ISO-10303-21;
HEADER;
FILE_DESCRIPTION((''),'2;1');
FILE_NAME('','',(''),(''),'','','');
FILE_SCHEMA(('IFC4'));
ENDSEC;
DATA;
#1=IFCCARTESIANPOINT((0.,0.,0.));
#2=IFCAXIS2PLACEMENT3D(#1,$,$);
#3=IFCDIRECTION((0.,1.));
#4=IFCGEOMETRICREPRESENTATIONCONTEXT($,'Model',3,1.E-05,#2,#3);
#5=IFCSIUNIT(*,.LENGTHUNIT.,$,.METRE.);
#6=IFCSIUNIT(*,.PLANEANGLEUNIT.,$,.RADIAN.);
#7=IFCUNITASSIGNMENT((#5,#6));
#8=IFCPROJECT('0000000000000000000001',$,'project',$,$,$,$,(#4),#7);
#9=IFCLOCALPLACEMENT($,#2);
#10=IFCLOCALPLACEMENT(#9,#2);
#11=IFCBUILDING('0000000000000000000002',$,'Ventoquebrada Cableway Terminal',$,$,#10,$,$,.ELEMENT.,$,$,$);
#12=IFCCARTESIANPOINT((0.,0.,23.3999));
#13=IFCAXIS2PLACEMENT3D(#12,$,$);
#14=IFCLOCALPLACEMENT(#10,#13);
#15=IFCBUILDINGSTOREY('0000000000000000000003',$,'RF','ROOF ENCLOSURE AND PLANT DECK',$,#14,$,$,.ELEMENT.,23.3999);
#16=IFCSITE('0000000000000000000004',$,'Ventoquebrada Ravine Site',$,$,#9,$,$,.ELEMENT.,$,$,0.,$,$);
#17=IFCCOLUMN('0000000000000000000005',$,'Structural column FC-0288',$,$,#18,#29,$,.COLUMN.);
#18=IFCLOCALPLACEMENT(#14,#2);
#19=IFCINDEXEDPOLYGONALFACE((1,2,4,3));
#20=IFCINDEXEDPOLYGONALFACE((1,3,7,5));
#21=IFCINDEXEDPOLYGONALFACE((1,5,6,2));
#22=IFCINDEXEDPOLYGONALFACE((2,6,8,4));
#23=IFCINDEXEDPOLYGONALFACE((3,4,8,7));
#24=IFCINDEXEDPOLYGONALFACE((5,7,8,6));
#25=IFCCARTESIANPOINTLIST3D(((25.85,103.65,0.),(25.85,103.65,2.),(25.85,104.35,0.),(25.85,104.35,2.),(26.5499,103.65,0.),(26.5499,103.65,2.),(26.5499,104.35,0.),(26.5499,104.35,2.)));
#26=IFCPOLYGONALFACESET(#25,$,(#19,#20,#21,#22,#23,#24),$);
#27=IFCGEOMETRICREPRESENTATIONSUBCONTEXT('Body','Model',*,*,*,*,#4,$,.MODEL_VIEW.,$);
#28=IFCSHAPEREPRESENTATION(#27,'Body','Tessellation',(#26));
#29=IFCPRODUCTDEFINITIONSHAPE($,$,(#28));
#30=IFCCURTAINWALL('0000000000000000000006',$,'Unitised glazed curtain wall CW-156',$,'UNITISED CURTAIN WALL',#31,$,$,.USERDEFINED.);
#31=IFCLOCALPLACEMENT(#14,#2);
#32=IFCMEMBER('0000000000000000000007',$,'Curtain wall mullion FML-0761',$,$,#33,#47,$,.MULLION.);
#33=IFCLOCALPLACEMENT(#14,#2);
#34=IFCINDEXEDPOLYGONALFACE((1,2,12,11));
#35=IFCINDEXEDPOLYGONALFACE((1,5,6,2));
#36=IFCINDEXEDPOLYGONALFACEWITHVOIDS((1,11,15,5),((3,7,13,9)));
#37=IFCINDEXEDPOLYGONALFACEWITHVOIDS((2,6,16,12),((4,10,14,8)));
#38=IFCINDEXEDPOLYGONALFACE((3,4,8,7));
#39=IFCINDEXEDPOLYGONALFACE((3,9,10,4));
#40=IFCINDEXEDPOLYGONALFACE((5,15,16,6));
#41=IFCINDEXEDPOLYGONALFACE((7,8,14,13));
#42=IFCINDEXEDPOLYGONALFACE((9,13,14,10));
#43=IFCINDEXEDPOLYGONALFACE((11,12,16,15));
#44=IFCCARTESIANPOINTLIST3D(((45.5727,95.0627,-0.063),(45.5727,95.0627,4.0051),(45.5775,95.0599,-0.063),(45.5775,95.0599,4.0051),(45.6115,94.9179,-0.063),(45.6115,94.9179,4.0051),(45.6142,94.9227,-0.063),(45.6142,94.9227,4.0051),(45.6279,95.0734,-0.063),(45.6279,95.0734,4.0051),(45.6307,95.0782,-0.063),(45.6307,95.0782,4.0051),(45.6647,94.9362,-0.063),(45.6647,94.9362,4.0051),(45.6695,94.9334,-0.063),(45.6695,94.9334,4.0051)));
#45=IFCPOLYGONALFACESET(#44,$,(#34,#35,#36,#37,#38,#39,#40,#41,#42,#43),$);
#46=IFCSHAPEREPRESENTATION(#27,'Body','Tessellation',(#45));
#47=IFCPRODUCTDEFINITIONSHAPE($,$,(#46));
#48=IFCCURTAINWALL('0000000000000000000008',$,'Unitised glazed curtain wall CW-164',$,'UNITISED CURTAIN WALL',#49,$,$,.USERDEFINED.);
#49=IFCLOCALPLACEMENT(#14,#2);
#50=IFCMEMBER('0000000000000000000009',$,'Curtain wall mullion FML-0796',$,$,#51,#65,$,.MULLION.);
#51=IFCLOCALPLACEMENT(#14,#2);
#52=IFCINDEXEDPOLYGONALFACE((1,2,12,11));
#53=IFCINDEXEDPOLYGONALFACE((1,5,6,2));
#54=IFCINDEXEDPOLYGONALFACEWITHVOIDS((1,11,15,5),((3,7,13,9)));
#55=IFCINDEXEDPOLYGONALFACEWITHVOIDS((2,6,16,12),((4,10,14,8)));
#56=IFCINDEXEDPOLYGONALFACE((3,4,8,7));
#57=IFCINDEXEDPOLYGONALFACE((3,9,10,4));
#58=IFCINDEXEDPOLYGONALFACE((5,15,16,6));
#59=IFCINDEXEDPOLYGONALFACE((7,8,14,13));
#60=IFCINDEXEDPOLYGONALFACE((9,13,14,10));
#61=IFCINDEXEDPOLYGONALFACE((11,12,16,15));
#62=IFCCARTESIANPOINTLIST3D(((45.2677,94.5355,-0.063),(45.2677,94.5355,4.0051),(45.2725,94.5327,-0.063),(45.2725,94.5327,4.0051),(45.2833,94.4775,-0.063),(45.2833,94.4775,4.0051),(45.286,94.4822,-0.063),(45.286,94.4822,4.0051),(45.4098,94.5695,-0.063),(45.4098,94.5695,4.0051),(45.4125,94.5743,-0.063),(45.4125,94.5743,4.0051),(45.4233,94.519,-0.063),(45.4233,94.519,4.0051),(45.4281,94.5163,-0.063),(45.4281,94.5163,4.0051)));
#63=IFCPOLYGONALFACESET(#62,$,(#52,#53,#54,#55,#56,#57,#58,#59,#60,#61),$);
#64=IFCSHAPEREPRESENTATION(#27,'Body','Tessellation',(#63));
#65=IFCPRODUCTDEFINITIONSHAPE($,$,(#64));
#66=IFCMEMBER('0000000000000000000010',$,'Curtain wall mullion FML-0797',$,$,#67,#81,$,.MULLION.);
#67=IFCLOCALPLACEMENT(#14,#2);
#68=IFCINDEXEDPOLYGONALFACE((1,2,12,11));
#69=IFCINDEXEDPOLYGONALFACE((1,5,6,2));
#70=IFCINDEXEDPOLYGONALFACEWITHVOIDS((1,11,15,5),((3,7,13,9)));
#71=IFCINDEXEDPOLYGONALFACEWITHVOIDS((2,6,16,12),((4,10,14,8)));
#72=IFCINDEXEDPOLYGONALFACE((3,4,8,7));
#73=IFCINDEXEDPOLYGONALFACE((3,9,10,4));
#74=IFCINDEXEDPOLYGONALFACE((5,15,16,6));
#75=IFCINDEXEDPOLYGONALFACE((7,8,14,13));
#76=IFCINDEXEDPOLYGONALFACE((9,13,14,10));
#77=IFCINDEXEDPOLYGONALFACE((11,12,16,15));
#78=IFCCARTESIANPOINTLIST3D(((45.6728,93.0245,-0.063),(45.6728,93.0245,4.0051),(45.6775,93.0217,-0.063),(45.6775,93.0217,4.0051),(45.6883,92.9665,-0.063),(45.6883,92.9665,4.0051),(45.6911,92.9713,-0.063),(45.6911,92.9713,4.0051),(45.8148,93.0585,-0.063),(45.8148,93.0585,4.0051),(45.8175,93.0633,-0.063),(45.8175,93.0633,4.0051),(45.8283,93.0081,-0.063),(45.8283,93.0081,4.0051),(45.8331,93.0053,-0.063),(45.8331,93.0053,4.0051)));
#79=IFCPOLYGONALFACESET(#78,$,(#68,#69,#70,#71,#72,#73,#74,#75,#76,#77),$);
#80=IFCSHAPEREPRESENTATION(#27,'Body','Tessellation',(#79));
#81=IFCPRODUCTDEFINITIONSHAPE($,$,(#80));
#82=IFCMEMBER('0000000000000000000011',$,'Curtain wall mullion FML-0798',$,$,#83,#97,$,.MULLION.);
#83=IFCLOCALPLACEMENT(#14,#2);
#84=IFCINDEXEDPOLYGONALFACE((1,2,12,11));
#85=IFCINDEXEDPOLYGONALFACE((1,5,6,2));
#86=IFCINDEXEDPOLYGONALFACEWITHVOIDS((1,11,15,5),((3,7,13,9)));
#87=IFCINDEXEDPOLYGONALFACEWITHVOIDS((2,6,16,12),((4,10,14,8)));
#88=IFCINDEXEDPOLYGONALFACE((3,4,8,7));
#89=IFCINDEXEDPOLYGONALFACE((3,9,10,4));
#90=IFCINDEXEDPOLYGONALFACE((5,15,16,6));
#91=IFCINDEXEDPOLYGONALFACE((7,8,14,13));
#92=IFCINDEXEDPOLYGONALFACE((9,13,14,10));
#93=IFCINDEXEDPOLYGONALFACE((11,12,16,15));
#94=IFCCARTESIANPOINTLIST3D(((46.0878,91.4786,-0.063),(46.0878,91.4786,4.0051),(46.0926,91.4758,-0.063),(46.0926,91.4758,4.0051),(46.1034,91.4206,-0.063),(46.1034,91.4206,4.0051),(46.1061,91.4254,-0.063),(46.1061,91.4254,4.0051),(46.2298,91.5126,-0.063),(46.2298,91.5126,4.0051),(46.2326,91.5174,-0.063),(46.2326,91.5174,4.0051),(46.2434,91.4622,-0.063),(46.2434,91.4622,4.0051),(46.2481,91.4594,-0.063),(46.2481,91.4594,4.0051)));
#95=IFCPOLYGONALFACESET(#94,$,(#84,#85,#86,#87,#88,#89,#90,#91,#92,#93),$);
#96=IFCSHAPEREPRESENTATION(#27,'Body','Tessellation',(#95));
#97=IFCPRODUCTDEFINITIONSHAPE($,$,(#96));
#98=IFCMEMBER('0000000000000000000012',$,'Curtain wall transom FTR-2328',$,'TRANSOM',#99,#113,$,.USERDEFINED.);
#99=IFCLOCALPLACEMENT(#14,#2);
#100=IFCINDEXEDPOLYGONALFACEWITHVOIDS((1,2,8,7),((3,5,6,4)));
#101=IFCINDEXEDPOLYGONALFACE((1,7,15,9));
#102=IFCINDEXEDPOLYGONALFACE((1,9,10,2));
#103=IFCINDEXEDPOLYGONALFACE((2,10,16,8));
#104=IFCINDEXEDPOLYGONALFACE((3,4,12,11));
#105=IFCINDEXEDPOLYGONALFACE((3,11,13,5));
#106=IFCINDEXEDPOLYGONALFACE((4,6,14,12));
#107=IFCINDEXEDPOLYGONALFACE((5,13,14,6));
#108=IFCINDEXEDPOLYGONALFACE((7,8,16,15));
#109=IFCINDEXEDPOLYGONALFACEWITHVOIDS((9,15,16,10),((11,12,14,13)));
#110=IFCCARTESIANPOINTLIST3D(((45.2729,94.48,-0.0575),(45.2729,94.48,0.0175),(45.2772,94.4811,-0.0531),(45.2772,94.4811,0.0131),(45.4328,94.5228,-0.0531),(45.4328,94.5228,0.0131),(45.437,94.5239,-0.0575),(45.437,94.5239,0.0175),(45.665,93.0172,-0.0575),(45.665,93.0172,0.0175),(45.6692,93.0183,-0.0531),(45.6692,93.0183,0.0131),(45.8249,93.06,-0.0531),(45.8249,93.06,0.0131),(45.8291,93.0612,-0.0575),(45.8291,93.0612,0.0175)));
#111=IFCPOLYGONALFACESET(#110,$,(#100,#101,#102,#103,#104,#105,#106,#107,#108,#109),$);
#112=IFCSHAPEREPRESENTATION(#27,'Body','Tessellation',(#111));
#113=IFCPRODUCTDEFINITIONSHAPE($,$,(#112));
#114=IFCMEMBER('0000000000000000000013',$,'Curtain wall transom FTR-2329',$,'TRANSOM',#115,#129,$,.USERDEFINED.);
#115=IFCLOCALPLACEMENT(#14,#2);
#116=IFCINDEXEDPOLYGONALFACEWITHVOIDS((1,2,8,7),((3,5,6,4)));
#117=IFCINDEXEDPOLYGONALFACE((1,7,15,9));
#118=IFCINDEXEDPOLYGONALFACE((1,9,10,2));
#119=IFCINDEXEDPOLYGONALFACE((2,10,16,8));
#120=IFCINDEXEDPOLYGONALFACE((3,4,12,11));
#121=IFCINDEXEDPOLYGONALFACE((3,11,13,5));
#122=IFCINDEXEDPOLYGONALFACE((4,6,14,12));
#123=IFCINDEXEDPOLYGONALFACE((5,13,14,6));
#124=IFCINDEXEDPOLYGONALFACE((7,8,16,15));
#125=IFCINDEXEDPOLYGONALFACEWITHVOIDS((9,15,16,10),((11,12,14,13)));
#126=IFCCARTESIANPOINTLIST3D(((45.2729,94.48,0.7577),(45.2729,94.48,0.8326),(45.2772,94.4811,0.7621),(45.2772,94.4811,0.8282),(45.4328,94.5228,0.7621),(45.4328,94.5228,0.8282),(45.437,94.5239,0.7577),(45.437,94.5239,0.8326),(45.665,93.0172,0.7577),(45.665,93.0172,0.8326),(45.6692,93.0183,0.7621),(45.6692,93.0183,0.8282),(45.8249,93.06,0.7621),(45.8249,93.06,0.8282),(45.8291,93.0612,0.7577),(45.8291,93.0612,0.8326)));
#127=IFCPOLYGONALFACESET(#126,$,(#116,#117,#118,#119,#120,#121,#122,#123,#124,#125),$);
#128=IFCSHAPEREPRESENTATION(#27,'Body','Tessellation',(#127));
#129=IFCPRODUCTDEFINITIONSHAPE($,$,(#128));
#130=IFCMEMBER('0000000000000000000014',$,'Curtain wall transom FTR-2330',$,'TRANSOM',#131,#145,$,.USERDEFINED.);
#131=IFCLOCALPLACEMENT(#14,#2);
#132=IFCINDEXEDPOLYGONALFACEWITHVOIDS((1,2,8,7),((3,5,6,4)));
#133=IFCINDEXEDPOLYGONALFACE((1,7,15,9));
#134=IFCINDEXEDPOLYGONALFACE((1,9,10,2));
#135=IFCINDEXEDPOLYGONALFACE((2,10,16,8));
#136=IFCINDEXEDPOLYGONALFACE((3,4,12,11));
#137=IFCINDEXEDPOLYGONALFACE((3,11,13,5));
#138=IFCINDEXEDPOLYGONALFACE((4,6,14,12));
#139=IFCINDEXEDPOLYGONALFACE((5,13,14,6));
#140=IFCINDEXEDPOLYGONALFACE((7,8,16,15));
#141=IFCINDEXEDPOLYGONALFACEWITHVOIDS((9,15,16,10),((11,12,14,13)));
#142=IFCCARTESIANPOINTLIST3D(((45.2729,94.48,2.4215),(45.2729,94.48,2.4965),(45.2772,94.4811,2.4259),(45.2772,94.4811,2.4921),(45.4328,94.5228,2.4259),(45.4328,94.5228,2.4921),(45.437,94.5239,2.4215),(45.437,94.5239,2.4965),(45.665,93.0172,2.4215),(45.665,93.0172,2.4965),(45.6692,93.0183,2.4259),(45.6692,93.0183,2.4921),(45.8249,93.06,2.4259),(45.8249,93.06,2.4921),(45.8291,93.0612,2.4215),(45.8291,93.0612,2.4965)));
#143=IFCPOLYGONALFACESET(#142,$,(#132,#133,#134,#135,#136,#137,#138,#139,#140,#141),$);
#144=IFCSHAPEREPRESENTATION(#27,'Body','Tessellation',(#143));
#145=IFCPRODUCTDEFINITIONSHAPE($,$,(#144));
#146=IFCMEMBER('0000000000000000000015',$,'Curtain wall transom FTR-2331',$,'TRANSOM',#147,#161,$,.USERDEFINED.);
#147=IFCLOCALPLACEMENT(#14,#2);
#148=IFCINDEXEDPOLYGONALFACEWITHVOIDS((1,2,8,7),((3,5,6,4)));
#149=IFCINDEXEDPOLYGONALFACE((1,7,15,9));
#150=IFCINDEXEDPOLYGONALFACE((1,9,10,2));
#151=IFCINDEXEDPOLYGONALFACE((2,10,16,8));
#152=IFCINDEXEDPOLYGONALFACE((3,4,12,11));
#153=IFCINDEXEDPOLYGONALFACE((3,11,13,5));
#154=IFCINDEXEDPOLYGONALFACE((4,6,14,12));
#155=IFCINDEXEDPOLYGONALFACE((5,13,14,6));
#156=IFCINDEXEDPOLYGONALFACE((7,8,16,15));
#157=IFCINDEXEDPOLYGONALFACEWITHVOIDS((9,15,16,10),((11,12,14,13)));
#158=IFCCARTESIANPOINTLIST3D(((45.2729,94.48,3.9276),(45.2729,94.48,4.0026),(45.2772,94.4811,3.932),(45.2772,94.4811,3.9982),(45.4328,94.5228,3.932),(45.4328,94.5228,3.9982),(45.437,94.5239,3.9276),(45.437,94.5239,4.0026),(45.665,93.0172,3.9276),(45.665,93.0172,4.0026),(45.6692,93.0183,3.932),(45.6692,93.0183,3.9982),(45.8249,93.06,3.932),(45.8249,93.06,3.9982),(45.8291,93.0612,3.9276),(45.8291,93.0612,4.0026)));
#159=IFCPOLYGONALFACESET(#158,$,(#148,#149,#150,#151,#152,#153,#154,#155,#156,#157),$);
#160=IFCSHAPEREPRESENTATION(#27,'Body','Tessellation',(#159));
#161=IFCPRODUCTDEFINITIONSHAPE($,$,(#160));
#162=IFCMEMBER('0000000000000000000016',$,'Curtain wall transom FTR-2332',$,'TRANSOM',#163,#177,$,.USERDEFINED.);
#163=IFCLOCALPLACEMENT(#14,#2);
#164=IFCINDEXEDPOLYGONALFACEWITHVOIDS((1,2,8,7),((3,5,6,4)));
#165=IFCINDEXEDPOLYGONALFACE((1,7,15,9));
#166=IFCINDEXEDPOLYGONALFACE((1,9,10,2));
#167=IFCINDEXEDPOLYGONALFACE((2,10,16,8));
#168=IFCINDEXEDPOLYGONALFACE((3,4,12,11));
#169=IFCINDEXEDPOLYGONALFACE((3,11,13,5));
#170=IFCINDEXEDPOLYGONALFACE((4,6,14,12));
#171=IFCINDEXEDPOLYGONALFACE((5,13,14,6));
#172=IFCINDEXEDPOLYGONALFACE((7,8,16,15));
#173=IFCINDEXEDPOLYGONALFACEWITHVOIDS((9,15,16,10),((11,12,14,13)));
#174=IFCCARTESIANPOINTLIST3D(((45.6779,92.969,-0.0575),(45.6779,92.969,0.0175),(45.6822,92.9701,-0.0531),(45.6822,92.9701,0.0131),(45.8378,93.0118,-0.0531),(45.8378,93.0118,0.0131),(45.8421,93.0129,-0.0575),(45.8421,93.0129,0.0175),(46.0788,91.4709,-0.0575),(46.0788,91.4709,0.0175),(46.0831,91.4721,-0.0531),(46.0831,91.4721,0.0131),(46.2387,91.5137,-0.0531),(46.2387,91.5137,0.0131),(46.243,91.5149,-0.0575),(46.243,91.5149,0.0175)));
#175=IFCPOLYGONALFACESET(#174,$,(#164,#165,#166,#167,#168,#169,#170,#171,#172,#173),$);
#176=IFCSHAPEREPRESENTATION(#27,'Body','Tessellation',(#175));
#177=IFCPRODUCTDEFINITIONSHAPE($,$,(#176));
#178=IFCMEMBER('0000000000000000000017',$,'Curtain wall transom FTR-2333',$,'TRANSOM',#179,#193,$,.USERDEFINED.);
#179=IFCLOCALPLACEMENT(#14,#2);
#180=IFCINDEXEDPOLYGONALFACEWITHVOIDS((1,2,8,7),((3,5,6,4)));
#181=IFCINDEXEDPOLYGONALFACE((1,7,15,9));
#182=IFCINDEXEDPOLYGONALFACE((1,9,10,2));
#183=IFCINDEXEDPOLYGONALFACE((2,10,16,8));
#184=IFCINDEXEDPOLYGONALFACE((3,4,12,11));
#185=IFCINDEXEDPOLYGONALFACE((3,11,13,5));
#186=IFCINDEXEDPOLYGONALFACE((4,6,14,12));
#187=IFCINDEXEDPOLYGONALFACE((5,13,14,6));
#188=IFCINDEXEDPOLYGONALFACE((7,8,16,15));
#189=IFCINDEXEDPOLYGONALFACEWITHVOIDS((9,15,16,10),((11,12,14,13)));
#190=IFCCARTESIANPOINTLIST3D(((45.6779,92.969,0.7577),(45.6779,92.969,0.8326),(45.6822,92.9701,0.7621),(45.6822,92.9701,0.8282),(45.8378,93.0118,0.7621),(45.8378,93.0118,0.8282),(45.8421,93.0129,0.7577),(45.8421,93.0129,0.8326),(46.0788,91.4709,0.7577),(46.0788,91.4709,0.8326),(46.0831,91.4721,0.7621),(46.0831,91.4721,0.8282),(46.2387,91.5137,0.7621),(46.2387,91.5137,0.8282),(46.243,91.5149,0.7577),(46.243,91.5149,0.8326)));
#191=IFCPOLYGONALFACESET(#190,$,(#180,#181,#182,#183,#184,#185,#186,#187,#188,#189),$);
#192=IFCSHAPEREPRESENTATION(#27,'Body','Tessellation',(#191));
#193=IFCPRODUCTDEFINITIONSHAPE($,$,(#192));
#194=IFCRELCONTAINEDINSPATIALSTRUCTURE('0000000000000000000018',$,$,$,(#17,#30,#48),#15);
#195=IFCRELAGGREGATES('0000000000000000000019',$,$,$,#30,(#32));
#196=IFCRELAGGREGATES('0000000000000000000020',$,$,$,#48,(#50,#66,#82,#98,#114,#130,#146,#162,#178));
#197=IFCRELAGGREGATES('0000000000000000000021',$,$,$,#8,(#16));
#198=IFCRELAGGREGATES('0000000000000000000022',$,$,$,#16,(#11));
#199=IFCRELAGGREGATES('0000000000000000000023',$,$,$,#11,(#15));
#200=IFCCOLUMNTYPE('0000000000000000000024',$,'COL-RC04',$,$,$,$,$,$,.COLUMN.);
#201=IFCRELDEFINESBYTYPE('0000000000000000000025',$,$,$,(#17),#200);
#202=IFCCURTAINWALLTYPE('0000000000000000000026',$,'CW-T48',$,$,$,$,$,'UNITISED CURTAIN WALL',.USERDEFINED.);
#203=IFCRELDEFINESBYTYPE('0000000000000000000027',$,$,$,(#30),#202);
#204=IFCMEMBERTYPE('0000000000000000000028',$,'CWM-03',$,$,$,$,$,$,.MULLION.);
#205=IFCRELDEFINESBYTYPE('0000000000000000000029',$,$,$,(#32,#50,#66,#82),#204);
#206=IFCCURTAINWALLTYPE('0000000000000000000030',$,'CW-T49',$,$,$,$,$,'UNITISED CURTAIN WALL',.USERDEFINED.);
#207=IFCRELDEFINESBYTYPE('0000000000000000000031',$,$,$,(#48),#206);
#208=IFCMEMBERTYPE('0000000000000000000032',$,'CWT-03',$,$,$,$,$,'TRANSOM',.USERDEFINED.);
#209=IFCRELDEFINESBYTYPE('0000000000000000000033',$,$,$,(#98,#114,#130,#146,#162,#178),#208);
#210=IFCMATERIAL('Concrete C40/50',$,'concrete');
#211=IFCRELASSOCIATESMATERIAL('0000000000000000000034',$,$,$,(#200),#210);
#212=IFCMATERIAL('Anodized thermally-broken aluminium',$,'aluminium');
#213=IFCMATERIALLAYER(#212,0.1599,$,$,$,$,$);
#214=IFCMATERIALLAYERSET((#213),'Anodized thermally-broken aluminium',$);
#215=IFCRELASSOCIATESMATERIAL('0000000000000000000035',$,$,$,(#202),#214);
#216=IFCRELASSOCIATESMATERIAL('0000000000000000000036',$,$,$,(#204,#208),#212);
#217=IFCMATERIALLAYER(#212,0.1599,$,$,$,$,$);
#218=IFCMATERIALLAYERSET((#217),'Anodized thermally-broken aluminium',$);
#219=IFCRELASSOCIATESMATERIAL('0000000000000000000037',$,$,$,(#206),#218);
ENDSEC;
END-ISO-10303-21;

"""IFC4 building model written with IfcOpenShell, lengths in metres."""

from ifc_helpers import new_model, si_unit, direction, frame, origin, origin_2d, place, context, subcontext, project, spatial, rectangle, hollow_rectangle, extrude, material, layer, layer_set, material_profile, profile_set, type_object, element, aggregate, save


model = new_model("IFC4")

# Units and contexts
model_context = context("Model", 3, precision=1e-05, world=origin(), true_north=direction((0.0, 1.0)))
body_context = subcontext(model_context, "Body", "Model", "MODEL_VIEW")
ifc_project = project(units=[si_unit("LENGTHUNIT", "METRE"), si_unit("PLANEANGLEUNIT", "RADIAN")], contexts=[model_context])

# Site, building, storey
site_placement = place(None, origin())
site = spatial("IfcSite", under=ifc_project, at=site_placement, Name="Ventoquebrada Ravine Site", CompositionType="ELEMENT", RefElevation=0.0)
building_placement = place(site_placement, origin())
building = spatial("IfcBuilding", under=site, at=building_placement, Name="Ventoquebrada Cableway Terminal", CompositionType="ELEMENT")
storey_placement = place(building_placement, frame((0.0, 0.0, 23.3999)))
storey = spatial("IfcBuildingStorey", under=building, at=storey_placement, Name="RF", Description="ROOF ENCLOSURE AND PLANT DECK", CompositionType="ELEMENT", Elevation=23.3999)

# Column
ifc_material_1 = material(Name="Concrete C40/50", Category="concrete")
ifc_material_profile_1 = material_profile(ifc_material_1, rectangle(XDim=0.7, YDim=0.7, at=origin_2d()), Name="RC-COL-700X700")
ifc_profile_set_1 = profile_set([ifc_material_profile_1], Name="Concrete C40/50")
column_type = type_object("IfcColumnType", Name="COL-RC04", PredefinedType="COLUMN", material=ifc_profile_set_1)
column_placement = place(storey_placement, frame((26.2, 104.0, 0.0), z_axis=(0.0, 0.0, 1.0), x_axis=(1.0, 0.0, 0.0)))
element("IfcColumn", 1, at=column_placement, inside=storey, type_object=column_type, Name="Structural column FC-0288", PredefinedType="COLUMN", context=body_context, shape_type="SweptSolid", body=[
    extrude(rectangle(XDim=0.7, YDim=0.7, at=origin_2d()), origin(), (0.0, 0.0, 1.0), 2.0),
])

# Curtain wall, member
ifc_material_2 = material(Name="Anodized thermally-broken aluminium", Category="aluminium")
ifc_layer_1 = layer(ifc_material_2, 0.1599)
ifc_layer_set_1 = layer_set([ifc_layer_1], Name="Anodized thermally-broken aluminium")
curtain_wall_type_1 = type_object("IfcCurtainWallType", Name="CW-T48", ElementType="UNITISED CURTAIN WALL", PredefinedType="USERDEFINED", material=ifc_layer_set_1)
curtain_wall_1_placement = place(storey_placement, origin())
curtain_wall_1 = element("IfcCurtainWall", 2, at=curtain_wall_1_placement, inside=storey, type_object=curtain_wall_type_1, Name="Unitised glazed curtain wall CW-156", ObjectType="UNITISED CURTAIN WALL", PredefinedType="USERDEFINED")
ifc_material_profile_2 = material_profile(ifc_material_2, hollow_rectangle(XDim=0.0601, YDim=0.1499, WallThickness=0.0039, at=origin_2d()), Name="CW-MUL-60X150")
ifc_profile_set_2 = profile_set([ifc_material_profile_2], Name="Anodized thermally-broken aluminium")
member_type_1 = type_object("IfcMemberType", Name="CWM-03", PredefinedType="MULLION", material=ifc_profile_set_2)
member_1_placement = place(storey_placement, frame((45.6211, 94.998, -0.063), z_axis=(0.0, 0.0, 1.0), x_axis=(-0.965935, -0.258785, 0.0)))
member_1 = element("IfcMember", 3, at=member_1_placement, type_object=member_type_1, Name="Curtain wall mullion FML-0761", PredefinedType="MULLION", context=body_context, shape_type="SweptSolid", body=[
    extrude(hollow_rectangle(XDim=0.0601, YDim=0.1499, WallThickness=0.0039, at=origin_2d()), origin(), (0.0, 0.0, 1.0), 4.0681),
])
aggregate(curtain_wall_1, [member_1])

# Curtain wall, members
ifc_layer_2 = layer(ifc_material_2, 0.1599)
ifc_layer_set_2 = layer_set([ifc_layer_2], Name="Anodized thermally-broken aluminium")
curtain_wall_type_2 = type_object("IfcCurtainWallType", Name="CW-T49", ElementType="UNITISED CURTAIN WALL", PredefinedType="USERDEFINED", material=ifc_layer_set_2)
curtain_wall_2_placement = place(storey_placement, origin())
curtain_wall_2 = element("IfcCurtainWall", 4, at=curtain_wall_2_placement, inside=storey, type_object=curtain_wall_type_2, Name="Unitised glazed curtain wall CW-164", ObjectType="UNITISED CURTAIN WALL", PredefinedType="USERDEFINED")
member_2_placement = place(storey_placement, frame((45.3479, 94.5259, -0.063), z_axis=(0.0, 0.0, 1.0), x_axis=(0.258971, -0.965885, 0.0)))
member_2 = element("IfcMember", 5, at=member_2_placement, type_object=member_type_1, Name="Curtain wall mullion FML-0796", PredefinedType="MULLION", context=body_context, shape_type="SweptSolid", body=[
    extrude(hollow_rectangle(XDim=0.0601, YDim=0.1499, WallThickness=0.0039, at=origin_2d()), origin(), (0.0, 0.0, 1.0), 4.0681),
])
member_3_placement = place(storey_placement, frame((45.7529, 93.0149, -0.063), z_axis=(0.0, 0.0, 1.0), x_axis=(0.258971, -0.965885, 0.0)))
member_3 = element("IfcMember", 6, at=member_3_placement, type_object=member_type_1, Name="Curtain wall mullion FML-0797", PredefinedType="MULLION", context=body_context, shape_type="SweptSolid", body=[
    extrude(hollow_rectangle(XDim=0.0601, YDim=0.1499, WallThickness=0.0039, at=origin_2d()), origin(), (0.0, 0.0, 1.0), 4.0681),
])
member_4_placement = place(storey_placement, frame((46.168, 91.469, -0.063), z_axis=(0.0, 0.0, 1.0), x_axis=(0.258971, -0.965885, 0.0)))
member_4 = element("IfcMember", 7, at=member_4_placement, type_object=member_type_1, Name="Curtain wall mullion FML-0798", PredefinedType="MULLION", context=body_context, shape_type="SweptSolid", body=[
    extrude(hollow_rectangle(XDim=0.0601, YDim=0.1499, WallThickness=0.0039, at=origin_2d()), origin(), (0.0, 0.0, 1.0), 4.0681),
])
ifc_material_profile_3 = material_profile(ifc_material_2, hollow_rectangle(XDim=0.075, YDim=0.1699, WallThickness=0.0044, at=origin_2d()), Name="CW-TRN-75X170")
ifc_profile_set_3 = profile_set([ifc_material_profile_3], Name="Anodized thermally-broken aluminium")
member_type_2 = type_object("IfcMemberType", Name="CWT-03", ElementType="TRANSOM", PredefinedType="USERDEFINED", material=ifc_profile_set_3)
member_5_placement = place(storey_placement, frame((45.355, 94.502, -0.02), z_axis=(0.258886, -0.965908, 0.0), x_axis=(0.0, 0.0, 1.0)))
member_5 = element("IfcMember", 8, at=member_5_placement, type_object=member_type_2, Name="Curtain wall transom FTR-2328", ObjectType="TRANSOM", PredefinedType="USERDEFINED", context=body_context, shape_type="SweptSolid", body=[
    extrude(hollow_rectangle(XDim=0.075, YDim=0.1699, WallThickness=0.0044, at=origin_2d()), origin(), (0.0, 0.0, 1.0), 1.5144),
])
member_6_placement = place(storey_placement, frame((45.355, 94.502, 0.7952), z_axis=(0.258886, -0.965908, 0.0), x_axis=(0.0, 0.0, 1.0)))
member_6 = element("IfcMember", 9, at=member_6_placement, type_object=member_type_2, Name="Curtain wall transom FTR-2329", ObjectType="TRANSOM", PredefinedType="USERDEFINED", context=body_context, shape_type="SweptSolid", body=[
    extrude(hollow_rectangle(XDim=0.075, YDim=0.1699, WallThickness=0.0044, at=origin_2d()), origin(), (0.0, 0.0, 1.0), 1.5144),
])
member_7_placement = place(storey_placement, frame((45.355, 94.502, 2.459), z_axis=(0.258886, -0.965908, 0.0), x_axis=(0.0, 0.0, 1.0)))
member_7 = element("IfcMember", 10, at=member_7_placement, type_object=member_type_2, Name="Curtain wall transom FTR-2330", ObjectType="TRANSOM", PredefinedType="USERDEFINED", context=body_context, shape_type="SweptSolid", body=[
    extrude(hollow_rectangle(XDim=0.075, YDim=0.1699, WallThickness=0.0044, at=origin_2d()), origin(), (0.0, 0.0, 1.0), 1.5144),
])
member_8_placement = place(storey_placement, frame((45.355, 94.502, 3.9651), z_axis=(0.258886, -0.965908, 0.0), x_axis=(0.0, 0.0, 1.0)))
member_8 = element("IfcMember", 11, at=member_8_placement, type_object=member_type_2, Name="Curtain wall transom FTR-2331", ObjectType="TRANSOM", PredefinedType="USERDEFINED", context=body_context, shape_type="SweptSolid", body=[
    extrude(hollow_rectangle(XDim=0.075, YDim=0.1699, WallThickness=0.0044, at=origin_2d()), origin(), (0.0, 0.0, 1.0), 1.5144),
])
member_9_placement = place(storey_placement, frame((45.76, 92.991, -0.02), z_axis=(0.258505, -0.96601, 0.0), x_axis=(0.0, 0.0, 1.0)))
member_9 = element("IfcMember", 12, at=member_9_placement, type_object=member_type_2, Name="Curtain wall transom FTR-2332", ObjectType="TRANSOM", PredefinedType="USERDEFINED", context=body_context, shape_type="SweptSolid", body=[
    extrude(hollow_rectangle(XDim=0.075, YDim=0.1699, WallThickness=0.0044, at=origin_2d()), origin(), (0.0, 0.0, 1.0), 1.5508),
])
member_10_placement = place(storey_placement, frame((45.76, 92.991, 0.7952), z_axis=(0.258505, -0.96601, 0.0), x_axis=(0.0, 0.0, 1.0)))
member_10 = element("IfcMember", 13, at=member_10_placement, type_object=member_type_2, Name="Curtain wall transom FTR-2333", ObjectType="TRANSOM", PredefinedType="USERDEFINED", context=body_context, shape_type="SweptSolid", body=[
    extrude(hollow_rectangle(XDim=0.075, YDim=0.1699, WallThickness=0.0044, at=origin_2d()), origin(), (0.0, 0.0, 1.0), 1.5508),
])

aggregate(curtain_wall_2, [member_2, member_3, member_4, member_5, member_6, member_7, member_8, member_9, member_10])

save(model, "model.ifc")
